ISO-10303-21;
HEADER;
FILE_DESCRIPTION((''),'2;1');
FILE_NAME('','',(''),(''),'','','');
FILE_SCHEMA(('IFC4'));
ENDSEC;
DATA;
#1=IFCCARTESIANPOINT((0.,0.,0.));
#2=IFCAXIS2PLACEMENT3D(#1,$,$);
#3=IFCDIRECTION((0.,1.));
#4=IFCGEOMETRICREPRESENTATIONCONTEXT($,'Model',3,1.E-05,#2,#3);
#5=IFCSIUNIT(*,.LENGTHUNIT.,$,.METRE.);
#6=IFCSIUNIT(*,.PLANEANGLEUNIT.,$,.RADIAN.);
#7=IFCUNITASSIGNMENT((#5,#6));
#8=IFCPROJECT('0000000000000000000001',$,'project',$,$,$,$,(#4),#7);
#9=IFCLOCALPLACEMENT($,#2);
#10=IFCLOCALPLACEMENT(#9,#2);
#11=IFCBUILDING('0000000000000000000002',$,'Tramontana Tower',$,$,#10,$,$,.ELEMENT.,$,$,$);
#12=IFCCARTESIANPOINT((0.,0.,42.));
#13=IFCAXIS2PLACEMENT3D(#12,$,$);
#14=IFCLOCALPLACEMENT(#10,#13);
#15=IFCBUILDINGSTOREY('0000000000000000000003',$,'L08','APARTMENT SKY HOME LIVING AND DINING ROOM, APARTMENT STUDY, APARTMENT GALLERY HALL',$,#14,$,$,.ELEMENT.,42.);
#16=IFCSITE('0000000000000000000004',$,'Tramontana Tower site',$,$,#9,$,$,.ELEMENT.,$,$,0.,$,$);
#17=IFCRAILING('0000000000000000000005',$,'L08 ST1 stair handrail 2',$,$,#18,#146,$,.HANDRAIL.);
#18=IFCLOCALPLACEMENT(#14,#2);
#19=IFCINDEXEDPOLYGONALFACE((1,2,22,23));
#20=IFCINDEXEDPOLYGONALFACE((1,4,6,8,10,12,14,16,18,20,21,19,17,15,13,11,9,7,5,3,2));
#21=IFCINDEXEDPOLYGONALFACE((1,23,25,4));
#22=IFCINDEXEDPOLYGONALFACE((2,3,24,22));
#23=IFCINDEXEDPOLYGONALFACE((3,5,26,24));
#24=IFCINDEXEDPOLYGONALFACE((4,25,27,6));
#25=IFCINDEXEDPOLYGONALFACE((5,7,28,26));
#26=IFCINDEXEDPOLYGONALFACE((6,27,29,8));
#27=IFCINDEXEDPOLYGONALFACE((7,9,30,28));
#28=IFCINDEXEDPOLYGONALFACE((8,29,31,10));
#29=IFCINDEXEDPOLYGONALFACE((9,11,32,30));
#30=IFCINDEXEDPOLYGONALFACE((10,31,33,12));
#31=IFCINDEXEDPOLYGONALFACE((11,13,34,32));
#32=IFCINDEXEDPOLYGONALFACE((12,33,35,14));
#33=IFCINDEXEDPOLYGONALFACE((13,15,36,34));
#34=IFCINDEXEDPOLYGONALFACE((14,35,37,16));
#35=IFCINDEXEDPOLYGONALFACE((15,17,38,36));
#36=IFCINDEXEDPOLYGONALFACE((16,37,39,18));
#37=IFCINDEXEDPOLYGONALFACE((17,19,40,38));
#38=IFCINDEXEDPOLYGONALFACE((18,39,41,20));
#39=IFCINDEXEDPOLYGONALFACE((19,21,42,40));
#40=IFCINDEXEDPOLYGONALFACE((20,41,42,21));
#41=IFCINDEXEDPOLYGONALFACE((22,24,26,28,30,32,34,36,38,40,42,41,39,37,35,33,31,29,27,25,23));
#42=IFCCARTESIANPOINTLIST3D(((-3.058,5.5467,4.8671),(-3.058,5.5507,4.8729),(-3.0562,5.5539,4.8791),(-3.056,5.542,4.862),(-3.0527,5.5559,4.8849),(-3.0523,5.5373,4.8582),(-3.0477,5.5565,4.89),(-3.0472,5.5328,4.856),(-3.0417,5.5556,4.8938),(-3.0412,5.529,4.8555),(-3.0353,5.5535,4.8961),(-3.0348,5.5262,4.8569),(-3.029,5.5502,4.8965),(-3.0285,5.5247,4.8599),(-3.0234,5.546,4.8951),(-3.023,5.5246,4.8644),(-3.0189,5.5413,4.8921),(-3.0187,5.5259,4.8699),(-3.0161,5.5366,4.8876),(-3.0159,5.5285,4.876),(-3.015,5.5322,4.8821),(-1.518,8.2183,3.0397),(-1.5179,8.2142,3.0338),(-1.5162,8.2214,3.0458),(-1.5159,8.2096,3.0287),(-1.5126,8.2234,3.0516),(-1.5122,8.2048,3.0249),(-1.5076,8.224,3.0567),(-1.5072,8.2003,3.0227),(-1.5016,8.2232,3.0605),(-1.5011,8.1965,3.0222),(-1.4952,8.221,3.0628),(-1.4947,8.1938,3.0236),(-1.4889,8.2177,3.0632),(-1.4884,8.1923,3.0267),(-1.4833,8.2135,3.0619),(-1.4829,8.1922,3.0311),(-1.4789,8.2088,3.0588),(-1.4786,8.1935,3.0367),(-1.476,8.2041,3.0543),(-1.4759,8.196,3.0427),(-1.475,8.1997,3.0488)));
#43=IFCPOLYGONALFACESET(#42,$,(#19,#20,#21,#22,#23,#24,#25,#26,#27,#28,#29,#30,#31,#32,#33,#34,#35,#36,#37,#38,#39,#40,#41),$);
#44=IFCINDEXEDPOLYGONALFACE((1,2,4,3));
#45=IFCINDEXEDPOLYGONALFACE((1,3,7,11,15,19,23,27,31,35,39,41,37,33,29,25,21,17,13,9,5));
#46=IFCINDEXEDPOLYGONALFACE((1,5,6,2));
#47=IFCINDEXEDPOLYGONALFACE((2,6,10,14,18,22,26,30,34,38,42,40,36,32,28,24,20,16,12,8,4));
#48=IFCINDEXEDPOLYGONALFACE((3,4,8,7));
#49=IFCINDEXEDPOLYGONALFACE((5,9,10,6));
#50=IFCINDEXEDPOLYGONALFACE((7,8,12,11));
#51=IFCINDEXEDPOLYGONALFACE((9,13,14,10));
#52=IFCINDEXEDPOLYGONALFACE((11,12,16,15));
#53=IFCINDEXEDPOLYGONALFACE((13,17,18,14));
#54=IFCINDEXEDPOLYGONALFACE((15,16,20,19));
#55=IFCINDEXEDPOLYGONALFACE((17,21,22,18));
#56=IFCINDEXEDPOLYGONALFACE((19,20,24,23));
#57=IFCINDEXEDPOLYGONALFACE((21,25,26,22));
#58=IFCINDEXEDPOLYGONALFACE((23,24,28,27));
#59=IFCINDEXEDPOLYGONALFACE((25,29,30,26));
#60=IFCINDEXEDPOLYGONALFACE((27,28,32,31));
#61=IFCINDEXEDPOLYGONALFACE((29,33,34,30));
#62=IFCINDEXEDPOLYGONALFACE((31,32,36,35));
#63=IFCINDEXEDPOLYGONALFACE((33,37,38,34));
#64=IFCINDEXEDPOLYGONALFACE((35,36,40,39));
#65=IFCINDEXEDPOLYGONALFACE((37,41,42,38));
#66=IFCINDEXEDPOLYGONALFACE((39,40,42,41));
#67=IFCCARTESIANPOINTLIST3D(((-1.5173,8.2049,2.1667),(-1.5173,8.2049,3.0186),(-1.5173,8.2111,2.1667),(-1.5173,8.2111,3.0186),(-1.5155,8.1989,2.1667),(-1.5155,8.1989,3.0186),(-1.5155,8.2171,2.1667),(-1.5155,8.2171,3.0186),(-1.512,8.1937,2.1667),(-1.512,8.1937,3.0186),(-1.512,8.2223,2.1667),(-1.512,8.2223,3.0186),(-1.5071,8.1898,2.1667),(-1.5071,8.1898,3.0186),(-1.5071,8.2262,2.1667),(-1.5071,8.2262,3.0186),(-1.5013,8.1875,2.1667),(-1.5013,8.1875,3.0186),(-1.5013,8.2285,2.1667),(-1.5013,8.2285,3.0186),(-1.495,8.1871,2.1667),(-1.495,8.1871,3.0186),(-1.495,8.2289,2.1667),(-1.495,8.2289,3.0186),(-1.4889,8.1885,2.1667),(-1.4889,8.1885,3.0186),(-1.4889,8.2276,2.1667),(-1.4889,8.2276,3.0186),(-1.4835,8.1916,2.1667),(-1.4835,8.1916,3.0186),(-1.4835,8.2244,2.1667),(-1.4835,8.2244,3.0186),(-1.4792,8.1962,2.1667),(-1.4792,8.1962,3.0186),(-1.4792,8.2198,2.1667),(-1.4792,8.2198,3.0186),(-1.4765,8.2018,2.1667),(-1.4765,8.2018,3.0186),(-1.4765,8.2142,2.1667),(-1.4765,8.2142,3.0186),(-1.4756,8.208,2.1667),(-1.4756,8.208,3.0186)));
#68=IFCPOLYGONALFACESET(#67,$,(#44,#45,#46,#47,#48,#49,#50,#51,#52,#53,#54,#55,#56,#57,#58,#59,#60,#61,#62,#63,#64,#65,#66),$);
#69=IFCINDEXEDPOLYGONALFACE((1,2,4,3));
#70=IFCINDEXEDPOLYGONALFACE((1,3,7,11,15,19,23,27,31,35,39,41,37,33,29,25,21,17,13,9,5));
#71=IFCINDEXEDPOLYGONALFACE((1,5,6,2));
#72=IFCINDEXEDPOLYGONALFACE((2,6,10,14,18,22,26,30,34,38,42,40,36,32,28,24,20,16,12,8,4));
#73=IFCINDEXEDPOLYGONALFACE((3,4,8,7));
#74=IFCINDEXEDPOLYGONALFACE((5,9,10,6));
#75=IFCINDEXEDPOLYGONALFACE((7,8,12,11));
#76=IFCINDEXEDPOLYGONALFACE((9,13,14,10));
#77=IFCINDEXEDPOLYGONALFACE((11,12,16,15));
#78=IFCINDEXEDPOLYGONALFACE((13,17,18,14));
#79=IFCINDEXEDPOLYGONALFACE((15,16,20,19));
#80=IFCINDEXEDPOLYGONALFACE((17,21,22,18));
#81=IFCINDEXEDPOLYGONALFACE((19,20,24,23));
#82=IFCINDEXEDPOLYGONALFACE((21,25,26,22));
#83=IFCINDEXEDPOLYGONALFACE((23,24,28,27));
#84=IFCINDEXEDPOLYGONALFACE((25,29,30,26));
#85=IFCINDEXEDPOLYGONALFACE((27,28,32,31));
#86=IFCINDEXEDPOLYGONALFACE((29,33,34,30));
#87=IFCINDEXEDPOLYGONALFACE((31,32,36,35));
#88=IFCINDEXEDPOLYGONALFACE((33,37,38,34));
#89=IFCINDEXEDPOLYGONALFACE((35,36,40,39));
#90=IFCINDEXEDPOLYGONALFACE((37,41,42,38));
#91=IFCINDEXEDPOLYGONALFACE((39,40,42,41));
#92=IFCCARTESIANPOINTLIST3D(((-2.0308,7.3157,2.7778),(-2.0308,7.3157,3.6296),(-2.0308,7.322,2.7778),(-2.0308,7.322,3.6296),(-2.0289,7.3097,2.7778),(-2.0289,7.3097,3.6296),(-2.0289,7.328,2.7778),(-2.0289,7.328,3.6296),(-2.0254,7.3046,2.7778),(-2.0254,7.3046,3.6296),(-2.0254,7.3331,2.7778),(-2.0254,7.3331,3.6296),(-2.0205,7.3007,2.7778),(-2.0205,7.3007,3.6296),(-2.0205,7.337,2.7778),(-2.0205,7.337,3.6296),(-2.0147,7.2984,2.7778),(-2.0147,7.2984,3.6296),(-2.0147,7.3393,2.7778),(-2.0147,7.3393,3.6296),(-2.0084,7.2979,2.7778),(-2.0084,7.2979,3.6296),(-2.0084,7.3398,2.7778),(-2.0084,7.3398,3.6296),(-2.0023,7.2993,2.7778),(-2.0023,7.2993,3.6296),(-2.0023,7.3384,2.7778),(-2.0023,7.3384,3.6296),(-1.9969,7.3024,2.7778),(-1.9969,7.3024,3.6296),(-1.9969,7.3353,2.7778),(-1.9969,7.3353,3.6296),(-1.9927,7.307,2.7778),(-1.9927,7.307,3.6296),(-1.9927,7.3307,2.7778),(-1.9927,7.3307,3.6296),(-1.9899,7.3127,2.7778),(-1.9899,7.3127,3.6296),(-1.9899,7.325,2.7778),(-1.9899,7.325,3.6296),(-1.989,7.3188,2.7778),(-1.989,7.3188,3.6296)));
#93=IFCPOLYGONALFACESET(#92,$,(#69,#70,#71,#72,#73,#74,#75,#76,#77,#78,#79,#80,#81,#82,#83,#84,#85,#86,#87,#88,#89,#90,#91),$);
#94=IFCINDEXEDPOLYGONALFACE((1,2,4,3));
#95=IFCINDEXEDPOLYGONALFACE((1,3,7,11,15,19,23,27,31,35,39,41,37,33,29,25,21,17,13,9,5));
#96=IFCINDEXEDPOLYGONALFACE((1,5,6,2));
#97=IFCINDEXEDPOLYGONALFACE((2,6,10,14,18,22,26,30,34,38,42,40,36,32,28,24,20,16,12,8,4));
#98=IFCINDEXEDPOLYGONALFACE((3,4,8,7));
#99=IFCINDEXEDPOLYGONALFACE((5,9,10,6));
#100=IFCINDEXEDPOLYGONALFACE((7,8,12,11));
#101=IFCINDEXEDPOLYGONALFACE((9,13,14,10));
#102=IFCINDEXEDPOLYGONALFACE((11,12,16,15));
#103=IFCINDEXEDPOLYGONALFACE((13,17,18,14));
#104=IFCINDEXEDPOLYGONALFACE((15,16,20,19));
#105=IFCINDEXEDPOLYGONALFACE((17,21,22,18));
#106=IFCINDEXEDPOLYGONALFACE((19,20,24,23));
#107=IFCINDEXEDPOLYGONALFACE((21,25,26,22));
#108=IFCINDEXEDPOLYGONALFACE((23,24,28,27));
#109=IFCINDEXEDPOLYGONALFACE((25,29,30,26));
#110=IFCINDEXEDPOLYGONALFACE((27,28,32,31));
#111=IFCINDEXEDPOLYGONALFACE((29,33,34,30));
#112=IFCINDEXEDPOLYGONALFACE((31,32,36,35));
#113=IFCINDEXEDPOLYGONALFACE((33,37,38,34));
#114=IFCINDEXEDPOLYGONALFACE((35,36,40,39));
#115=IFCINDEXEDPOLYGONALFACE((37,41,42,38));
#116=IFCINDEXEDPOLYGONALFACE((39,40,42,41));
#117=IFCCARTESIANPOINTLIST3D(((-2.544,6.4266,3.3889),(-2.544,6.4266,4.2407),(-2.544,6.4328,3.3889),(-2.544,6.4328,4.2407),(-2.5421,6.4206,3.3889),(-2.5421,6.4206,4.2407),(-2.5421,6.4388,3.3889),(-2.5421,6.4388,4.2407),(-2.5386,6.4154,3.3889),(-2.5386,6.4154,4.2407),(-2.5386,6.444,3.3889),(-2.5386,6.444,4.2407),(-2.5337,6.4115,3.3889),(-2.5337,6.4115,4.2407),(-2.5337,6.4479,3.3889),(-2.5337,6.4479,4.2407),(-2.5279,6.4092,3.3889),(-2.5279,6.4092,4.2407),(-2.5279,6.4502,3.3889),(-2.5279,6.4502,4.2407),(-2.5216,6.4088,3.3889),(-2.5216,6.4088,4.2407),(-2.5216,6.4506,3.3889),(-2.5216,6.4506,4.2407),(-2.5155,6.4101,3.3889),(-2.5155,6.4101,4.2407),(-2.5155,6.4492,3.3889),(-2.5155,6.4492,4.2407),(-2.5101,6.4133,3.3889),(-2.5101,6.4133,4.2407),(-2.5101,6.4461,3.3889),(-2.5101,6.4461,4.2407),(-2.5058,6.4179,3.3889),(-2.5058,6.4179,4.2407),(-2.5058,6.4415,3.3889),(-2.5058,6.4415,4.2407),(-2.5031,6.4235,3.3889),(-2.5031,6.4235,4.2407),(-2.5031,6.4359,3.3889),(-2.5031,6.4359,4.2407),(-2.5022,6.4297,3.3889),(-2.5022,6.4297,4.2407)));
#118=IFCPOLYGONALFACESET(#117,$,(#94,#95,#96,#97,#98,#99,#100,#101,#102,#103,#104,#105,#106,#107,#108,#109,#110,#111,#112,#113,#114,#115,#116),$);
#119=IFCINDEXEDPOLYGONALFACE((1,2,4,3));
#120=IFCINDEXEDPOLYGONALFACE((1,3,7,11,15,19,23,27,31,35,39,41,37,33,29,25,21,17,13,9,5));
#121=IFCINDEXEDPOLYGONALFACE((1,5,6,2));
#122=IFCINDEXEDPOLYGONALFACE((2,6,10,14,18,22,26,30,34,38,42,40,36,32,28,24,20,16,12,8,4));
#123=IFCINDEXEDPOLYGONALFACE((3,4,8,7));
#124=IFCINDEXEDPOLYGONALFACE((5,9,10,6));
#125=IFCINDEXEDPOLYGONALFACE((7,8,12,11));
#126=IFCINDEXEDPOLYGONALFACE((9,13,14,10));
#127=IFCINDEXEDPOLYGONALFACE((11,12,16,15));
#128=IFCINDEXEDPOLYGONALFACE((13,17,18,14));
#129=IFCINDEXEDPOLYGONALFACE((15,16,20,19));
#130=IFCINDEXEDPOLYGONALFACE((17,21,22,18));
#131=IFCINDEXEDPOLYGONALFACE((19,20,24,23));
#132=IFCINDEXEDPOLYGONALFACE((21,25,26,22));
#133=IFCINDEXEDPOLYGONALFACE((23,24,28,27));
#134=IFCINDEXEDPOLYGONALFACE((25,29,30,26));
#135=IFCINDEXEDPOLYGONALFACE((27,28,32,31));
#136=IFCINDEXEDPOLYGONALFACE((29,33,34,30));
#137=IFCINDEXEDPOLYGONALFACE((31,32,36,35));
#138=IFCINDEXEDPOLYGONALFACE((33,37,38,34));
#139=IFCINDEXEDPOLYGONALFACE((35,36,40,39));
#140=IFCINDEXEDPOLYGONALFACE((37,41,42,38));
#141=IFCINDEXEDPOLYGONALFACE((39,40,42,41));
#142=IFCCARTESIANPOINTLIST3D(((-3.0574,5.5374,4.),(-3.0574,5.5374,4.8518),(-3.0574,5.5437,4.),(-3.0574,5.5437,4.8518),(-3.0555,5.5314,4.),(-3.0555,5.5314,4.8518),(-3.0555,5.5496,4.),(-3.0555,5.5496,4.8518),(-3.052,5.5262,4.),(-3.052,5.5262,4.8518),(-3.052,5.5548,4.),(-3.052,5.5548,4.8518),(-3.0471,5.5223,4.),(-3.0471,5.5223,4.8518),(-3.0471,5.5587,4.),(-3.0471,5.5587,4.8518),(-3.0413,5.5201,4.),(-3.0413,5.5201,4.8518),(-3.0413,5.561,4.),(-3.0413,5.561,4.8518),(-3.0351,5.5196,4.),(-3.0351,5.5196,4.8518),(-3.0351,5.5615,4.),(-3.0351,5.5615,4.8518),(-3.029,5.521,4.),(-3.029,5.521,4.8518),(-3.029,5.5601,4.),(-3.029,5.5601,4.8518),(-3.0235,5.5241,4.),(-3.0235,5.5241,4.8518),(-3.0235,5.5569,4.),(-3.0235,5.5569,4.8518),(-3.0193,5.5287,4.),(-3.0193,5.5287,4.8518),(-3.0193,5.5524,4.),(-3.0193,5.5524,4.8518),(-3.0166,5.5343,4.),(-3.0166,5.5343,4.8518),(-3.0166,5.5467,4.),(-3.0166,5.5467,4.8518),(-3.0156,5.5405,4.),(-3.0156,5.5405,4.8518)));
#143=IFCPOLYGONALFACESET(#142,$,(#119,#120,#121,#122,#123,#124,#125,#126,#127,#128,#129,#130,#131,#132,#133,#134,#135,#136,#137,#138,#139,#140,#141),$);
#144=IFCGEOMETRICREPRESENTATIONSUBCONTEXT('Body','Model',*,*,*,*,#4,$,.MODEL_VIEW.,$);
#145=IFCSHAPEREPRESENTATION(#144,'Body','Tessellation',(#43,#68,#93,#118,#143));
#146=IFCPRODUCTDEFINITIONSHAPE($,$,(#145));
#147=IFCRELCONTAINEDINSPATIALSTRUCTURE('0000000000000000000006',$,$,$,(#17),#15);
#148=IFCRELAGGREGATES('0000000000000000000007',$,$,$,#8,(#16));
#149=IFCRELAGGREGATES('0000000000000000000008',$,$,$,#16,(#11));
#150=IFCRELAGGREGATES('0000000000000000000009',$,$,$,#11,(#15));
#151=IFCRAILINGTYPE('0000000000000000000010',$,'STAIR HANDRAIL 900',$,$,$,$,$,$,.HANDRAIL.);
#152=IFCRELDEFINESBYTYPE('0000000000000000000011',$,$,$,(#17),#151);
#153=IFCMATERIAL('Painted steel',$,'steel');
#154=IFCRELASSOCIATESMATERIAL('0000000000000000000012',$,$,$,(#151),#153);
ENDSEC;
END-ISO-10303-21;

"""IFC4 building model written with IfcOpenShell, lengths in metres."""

from ifc_helpers import new_model, si_unit, direction, frame, origin, origin_2d, place, context, subcontext, project, spatial, circle, extrude, material, type_object, element, save


model = new_model("IFC4")

# Units and contexts
model_context = context("Model", 3, precision=1e-05, world=origin(), true_north=direction((0.0, 1.0)))
body_context = subcontext(model_context, "Body", "Model", "MODEL_VIEW")
ifc_project = project(units=[si_unit("LENGTHUNIT", "METRE"), si_unit("PLANEANGLEUNIT", "RADIAN")], contexts=[model_context])

# Site, building, storey
site_placement = place(None, origin())
site = spatial("IfcSite", under=ifc_project, at=site_placement, Name="Tramontana Tower site", CompositionType="ELEMENT", RefElevation=0.0)
building_placement = place(site_placement, origin())
building = spatial("IfcBuilding", under=site, at=building_placement, Name="Tramontana Tower", CompositionType="ELEMENT")
storey_placement = place(building_placement, frame((0.0, 0.0, 42.0)))
storey = spatial("IfcBuildingStorey", under=building, at=storey_placement, Name="L08", Description="APARTMENT SKY HOME LIVING AND DINING ROOM, APARTMENT STUDY, APARTMENT GALLERY HALL", CompositionType="ELEMENT", Elevation=42.0)

# Railing
ifc_material_1 = material(Name="Painted steel", Category="steel")
railing_type = type_object("IfcRailingType", Name="STAIR HANDRAIL 900", PredefinedType="HANDRAIL", material=ifc_material_1)
railing_placement = place(storey_placement, frame((-1.4966, 8.208, 2.1667)))
element("IfcRailing", 1, at=railing_placement, inside=storey, type_object=railing_type, Name="L08 ST1 stair handrail 2", PredefinedType="HANDRAIL", context=body_context, shape_type="SweptSolid", body=[
    extrude(circle(Radius=0.0239, at=origin_2d()), frame((0.0, 0.0, 0.876), z_axis=(-0.429649, -0.74419, 0.511452), x_axis=(0.86603, -0.499992, 0.0)), (0.0, 0.0, 1.0), 3.5845),
    extrude(circle(Radius=0.021, at=origin_2d()), origin(), (0.0, 0.0, 1.0), 0.8518),
    extrude(circle(Radius=0.021, at=origin_2d()), frame((-0.5134, -0.8892, 0.6111)), (0.0, 0.0, 1.0), 0.8518),
    extrude(circle(Radius=0.021, at=origin_2d()), frame((-1.0266, -1.7783, 1.2222)), (0.0, 0.0, 1.0), 0.8518),
    extrude(circle(Radius=0.021, at=origin_2d()), frame((-1.54, -2.6675, 1.8333)), (0.0, 0.0, 1.0), 0.8518),
])

save(model, "model.ifc")
